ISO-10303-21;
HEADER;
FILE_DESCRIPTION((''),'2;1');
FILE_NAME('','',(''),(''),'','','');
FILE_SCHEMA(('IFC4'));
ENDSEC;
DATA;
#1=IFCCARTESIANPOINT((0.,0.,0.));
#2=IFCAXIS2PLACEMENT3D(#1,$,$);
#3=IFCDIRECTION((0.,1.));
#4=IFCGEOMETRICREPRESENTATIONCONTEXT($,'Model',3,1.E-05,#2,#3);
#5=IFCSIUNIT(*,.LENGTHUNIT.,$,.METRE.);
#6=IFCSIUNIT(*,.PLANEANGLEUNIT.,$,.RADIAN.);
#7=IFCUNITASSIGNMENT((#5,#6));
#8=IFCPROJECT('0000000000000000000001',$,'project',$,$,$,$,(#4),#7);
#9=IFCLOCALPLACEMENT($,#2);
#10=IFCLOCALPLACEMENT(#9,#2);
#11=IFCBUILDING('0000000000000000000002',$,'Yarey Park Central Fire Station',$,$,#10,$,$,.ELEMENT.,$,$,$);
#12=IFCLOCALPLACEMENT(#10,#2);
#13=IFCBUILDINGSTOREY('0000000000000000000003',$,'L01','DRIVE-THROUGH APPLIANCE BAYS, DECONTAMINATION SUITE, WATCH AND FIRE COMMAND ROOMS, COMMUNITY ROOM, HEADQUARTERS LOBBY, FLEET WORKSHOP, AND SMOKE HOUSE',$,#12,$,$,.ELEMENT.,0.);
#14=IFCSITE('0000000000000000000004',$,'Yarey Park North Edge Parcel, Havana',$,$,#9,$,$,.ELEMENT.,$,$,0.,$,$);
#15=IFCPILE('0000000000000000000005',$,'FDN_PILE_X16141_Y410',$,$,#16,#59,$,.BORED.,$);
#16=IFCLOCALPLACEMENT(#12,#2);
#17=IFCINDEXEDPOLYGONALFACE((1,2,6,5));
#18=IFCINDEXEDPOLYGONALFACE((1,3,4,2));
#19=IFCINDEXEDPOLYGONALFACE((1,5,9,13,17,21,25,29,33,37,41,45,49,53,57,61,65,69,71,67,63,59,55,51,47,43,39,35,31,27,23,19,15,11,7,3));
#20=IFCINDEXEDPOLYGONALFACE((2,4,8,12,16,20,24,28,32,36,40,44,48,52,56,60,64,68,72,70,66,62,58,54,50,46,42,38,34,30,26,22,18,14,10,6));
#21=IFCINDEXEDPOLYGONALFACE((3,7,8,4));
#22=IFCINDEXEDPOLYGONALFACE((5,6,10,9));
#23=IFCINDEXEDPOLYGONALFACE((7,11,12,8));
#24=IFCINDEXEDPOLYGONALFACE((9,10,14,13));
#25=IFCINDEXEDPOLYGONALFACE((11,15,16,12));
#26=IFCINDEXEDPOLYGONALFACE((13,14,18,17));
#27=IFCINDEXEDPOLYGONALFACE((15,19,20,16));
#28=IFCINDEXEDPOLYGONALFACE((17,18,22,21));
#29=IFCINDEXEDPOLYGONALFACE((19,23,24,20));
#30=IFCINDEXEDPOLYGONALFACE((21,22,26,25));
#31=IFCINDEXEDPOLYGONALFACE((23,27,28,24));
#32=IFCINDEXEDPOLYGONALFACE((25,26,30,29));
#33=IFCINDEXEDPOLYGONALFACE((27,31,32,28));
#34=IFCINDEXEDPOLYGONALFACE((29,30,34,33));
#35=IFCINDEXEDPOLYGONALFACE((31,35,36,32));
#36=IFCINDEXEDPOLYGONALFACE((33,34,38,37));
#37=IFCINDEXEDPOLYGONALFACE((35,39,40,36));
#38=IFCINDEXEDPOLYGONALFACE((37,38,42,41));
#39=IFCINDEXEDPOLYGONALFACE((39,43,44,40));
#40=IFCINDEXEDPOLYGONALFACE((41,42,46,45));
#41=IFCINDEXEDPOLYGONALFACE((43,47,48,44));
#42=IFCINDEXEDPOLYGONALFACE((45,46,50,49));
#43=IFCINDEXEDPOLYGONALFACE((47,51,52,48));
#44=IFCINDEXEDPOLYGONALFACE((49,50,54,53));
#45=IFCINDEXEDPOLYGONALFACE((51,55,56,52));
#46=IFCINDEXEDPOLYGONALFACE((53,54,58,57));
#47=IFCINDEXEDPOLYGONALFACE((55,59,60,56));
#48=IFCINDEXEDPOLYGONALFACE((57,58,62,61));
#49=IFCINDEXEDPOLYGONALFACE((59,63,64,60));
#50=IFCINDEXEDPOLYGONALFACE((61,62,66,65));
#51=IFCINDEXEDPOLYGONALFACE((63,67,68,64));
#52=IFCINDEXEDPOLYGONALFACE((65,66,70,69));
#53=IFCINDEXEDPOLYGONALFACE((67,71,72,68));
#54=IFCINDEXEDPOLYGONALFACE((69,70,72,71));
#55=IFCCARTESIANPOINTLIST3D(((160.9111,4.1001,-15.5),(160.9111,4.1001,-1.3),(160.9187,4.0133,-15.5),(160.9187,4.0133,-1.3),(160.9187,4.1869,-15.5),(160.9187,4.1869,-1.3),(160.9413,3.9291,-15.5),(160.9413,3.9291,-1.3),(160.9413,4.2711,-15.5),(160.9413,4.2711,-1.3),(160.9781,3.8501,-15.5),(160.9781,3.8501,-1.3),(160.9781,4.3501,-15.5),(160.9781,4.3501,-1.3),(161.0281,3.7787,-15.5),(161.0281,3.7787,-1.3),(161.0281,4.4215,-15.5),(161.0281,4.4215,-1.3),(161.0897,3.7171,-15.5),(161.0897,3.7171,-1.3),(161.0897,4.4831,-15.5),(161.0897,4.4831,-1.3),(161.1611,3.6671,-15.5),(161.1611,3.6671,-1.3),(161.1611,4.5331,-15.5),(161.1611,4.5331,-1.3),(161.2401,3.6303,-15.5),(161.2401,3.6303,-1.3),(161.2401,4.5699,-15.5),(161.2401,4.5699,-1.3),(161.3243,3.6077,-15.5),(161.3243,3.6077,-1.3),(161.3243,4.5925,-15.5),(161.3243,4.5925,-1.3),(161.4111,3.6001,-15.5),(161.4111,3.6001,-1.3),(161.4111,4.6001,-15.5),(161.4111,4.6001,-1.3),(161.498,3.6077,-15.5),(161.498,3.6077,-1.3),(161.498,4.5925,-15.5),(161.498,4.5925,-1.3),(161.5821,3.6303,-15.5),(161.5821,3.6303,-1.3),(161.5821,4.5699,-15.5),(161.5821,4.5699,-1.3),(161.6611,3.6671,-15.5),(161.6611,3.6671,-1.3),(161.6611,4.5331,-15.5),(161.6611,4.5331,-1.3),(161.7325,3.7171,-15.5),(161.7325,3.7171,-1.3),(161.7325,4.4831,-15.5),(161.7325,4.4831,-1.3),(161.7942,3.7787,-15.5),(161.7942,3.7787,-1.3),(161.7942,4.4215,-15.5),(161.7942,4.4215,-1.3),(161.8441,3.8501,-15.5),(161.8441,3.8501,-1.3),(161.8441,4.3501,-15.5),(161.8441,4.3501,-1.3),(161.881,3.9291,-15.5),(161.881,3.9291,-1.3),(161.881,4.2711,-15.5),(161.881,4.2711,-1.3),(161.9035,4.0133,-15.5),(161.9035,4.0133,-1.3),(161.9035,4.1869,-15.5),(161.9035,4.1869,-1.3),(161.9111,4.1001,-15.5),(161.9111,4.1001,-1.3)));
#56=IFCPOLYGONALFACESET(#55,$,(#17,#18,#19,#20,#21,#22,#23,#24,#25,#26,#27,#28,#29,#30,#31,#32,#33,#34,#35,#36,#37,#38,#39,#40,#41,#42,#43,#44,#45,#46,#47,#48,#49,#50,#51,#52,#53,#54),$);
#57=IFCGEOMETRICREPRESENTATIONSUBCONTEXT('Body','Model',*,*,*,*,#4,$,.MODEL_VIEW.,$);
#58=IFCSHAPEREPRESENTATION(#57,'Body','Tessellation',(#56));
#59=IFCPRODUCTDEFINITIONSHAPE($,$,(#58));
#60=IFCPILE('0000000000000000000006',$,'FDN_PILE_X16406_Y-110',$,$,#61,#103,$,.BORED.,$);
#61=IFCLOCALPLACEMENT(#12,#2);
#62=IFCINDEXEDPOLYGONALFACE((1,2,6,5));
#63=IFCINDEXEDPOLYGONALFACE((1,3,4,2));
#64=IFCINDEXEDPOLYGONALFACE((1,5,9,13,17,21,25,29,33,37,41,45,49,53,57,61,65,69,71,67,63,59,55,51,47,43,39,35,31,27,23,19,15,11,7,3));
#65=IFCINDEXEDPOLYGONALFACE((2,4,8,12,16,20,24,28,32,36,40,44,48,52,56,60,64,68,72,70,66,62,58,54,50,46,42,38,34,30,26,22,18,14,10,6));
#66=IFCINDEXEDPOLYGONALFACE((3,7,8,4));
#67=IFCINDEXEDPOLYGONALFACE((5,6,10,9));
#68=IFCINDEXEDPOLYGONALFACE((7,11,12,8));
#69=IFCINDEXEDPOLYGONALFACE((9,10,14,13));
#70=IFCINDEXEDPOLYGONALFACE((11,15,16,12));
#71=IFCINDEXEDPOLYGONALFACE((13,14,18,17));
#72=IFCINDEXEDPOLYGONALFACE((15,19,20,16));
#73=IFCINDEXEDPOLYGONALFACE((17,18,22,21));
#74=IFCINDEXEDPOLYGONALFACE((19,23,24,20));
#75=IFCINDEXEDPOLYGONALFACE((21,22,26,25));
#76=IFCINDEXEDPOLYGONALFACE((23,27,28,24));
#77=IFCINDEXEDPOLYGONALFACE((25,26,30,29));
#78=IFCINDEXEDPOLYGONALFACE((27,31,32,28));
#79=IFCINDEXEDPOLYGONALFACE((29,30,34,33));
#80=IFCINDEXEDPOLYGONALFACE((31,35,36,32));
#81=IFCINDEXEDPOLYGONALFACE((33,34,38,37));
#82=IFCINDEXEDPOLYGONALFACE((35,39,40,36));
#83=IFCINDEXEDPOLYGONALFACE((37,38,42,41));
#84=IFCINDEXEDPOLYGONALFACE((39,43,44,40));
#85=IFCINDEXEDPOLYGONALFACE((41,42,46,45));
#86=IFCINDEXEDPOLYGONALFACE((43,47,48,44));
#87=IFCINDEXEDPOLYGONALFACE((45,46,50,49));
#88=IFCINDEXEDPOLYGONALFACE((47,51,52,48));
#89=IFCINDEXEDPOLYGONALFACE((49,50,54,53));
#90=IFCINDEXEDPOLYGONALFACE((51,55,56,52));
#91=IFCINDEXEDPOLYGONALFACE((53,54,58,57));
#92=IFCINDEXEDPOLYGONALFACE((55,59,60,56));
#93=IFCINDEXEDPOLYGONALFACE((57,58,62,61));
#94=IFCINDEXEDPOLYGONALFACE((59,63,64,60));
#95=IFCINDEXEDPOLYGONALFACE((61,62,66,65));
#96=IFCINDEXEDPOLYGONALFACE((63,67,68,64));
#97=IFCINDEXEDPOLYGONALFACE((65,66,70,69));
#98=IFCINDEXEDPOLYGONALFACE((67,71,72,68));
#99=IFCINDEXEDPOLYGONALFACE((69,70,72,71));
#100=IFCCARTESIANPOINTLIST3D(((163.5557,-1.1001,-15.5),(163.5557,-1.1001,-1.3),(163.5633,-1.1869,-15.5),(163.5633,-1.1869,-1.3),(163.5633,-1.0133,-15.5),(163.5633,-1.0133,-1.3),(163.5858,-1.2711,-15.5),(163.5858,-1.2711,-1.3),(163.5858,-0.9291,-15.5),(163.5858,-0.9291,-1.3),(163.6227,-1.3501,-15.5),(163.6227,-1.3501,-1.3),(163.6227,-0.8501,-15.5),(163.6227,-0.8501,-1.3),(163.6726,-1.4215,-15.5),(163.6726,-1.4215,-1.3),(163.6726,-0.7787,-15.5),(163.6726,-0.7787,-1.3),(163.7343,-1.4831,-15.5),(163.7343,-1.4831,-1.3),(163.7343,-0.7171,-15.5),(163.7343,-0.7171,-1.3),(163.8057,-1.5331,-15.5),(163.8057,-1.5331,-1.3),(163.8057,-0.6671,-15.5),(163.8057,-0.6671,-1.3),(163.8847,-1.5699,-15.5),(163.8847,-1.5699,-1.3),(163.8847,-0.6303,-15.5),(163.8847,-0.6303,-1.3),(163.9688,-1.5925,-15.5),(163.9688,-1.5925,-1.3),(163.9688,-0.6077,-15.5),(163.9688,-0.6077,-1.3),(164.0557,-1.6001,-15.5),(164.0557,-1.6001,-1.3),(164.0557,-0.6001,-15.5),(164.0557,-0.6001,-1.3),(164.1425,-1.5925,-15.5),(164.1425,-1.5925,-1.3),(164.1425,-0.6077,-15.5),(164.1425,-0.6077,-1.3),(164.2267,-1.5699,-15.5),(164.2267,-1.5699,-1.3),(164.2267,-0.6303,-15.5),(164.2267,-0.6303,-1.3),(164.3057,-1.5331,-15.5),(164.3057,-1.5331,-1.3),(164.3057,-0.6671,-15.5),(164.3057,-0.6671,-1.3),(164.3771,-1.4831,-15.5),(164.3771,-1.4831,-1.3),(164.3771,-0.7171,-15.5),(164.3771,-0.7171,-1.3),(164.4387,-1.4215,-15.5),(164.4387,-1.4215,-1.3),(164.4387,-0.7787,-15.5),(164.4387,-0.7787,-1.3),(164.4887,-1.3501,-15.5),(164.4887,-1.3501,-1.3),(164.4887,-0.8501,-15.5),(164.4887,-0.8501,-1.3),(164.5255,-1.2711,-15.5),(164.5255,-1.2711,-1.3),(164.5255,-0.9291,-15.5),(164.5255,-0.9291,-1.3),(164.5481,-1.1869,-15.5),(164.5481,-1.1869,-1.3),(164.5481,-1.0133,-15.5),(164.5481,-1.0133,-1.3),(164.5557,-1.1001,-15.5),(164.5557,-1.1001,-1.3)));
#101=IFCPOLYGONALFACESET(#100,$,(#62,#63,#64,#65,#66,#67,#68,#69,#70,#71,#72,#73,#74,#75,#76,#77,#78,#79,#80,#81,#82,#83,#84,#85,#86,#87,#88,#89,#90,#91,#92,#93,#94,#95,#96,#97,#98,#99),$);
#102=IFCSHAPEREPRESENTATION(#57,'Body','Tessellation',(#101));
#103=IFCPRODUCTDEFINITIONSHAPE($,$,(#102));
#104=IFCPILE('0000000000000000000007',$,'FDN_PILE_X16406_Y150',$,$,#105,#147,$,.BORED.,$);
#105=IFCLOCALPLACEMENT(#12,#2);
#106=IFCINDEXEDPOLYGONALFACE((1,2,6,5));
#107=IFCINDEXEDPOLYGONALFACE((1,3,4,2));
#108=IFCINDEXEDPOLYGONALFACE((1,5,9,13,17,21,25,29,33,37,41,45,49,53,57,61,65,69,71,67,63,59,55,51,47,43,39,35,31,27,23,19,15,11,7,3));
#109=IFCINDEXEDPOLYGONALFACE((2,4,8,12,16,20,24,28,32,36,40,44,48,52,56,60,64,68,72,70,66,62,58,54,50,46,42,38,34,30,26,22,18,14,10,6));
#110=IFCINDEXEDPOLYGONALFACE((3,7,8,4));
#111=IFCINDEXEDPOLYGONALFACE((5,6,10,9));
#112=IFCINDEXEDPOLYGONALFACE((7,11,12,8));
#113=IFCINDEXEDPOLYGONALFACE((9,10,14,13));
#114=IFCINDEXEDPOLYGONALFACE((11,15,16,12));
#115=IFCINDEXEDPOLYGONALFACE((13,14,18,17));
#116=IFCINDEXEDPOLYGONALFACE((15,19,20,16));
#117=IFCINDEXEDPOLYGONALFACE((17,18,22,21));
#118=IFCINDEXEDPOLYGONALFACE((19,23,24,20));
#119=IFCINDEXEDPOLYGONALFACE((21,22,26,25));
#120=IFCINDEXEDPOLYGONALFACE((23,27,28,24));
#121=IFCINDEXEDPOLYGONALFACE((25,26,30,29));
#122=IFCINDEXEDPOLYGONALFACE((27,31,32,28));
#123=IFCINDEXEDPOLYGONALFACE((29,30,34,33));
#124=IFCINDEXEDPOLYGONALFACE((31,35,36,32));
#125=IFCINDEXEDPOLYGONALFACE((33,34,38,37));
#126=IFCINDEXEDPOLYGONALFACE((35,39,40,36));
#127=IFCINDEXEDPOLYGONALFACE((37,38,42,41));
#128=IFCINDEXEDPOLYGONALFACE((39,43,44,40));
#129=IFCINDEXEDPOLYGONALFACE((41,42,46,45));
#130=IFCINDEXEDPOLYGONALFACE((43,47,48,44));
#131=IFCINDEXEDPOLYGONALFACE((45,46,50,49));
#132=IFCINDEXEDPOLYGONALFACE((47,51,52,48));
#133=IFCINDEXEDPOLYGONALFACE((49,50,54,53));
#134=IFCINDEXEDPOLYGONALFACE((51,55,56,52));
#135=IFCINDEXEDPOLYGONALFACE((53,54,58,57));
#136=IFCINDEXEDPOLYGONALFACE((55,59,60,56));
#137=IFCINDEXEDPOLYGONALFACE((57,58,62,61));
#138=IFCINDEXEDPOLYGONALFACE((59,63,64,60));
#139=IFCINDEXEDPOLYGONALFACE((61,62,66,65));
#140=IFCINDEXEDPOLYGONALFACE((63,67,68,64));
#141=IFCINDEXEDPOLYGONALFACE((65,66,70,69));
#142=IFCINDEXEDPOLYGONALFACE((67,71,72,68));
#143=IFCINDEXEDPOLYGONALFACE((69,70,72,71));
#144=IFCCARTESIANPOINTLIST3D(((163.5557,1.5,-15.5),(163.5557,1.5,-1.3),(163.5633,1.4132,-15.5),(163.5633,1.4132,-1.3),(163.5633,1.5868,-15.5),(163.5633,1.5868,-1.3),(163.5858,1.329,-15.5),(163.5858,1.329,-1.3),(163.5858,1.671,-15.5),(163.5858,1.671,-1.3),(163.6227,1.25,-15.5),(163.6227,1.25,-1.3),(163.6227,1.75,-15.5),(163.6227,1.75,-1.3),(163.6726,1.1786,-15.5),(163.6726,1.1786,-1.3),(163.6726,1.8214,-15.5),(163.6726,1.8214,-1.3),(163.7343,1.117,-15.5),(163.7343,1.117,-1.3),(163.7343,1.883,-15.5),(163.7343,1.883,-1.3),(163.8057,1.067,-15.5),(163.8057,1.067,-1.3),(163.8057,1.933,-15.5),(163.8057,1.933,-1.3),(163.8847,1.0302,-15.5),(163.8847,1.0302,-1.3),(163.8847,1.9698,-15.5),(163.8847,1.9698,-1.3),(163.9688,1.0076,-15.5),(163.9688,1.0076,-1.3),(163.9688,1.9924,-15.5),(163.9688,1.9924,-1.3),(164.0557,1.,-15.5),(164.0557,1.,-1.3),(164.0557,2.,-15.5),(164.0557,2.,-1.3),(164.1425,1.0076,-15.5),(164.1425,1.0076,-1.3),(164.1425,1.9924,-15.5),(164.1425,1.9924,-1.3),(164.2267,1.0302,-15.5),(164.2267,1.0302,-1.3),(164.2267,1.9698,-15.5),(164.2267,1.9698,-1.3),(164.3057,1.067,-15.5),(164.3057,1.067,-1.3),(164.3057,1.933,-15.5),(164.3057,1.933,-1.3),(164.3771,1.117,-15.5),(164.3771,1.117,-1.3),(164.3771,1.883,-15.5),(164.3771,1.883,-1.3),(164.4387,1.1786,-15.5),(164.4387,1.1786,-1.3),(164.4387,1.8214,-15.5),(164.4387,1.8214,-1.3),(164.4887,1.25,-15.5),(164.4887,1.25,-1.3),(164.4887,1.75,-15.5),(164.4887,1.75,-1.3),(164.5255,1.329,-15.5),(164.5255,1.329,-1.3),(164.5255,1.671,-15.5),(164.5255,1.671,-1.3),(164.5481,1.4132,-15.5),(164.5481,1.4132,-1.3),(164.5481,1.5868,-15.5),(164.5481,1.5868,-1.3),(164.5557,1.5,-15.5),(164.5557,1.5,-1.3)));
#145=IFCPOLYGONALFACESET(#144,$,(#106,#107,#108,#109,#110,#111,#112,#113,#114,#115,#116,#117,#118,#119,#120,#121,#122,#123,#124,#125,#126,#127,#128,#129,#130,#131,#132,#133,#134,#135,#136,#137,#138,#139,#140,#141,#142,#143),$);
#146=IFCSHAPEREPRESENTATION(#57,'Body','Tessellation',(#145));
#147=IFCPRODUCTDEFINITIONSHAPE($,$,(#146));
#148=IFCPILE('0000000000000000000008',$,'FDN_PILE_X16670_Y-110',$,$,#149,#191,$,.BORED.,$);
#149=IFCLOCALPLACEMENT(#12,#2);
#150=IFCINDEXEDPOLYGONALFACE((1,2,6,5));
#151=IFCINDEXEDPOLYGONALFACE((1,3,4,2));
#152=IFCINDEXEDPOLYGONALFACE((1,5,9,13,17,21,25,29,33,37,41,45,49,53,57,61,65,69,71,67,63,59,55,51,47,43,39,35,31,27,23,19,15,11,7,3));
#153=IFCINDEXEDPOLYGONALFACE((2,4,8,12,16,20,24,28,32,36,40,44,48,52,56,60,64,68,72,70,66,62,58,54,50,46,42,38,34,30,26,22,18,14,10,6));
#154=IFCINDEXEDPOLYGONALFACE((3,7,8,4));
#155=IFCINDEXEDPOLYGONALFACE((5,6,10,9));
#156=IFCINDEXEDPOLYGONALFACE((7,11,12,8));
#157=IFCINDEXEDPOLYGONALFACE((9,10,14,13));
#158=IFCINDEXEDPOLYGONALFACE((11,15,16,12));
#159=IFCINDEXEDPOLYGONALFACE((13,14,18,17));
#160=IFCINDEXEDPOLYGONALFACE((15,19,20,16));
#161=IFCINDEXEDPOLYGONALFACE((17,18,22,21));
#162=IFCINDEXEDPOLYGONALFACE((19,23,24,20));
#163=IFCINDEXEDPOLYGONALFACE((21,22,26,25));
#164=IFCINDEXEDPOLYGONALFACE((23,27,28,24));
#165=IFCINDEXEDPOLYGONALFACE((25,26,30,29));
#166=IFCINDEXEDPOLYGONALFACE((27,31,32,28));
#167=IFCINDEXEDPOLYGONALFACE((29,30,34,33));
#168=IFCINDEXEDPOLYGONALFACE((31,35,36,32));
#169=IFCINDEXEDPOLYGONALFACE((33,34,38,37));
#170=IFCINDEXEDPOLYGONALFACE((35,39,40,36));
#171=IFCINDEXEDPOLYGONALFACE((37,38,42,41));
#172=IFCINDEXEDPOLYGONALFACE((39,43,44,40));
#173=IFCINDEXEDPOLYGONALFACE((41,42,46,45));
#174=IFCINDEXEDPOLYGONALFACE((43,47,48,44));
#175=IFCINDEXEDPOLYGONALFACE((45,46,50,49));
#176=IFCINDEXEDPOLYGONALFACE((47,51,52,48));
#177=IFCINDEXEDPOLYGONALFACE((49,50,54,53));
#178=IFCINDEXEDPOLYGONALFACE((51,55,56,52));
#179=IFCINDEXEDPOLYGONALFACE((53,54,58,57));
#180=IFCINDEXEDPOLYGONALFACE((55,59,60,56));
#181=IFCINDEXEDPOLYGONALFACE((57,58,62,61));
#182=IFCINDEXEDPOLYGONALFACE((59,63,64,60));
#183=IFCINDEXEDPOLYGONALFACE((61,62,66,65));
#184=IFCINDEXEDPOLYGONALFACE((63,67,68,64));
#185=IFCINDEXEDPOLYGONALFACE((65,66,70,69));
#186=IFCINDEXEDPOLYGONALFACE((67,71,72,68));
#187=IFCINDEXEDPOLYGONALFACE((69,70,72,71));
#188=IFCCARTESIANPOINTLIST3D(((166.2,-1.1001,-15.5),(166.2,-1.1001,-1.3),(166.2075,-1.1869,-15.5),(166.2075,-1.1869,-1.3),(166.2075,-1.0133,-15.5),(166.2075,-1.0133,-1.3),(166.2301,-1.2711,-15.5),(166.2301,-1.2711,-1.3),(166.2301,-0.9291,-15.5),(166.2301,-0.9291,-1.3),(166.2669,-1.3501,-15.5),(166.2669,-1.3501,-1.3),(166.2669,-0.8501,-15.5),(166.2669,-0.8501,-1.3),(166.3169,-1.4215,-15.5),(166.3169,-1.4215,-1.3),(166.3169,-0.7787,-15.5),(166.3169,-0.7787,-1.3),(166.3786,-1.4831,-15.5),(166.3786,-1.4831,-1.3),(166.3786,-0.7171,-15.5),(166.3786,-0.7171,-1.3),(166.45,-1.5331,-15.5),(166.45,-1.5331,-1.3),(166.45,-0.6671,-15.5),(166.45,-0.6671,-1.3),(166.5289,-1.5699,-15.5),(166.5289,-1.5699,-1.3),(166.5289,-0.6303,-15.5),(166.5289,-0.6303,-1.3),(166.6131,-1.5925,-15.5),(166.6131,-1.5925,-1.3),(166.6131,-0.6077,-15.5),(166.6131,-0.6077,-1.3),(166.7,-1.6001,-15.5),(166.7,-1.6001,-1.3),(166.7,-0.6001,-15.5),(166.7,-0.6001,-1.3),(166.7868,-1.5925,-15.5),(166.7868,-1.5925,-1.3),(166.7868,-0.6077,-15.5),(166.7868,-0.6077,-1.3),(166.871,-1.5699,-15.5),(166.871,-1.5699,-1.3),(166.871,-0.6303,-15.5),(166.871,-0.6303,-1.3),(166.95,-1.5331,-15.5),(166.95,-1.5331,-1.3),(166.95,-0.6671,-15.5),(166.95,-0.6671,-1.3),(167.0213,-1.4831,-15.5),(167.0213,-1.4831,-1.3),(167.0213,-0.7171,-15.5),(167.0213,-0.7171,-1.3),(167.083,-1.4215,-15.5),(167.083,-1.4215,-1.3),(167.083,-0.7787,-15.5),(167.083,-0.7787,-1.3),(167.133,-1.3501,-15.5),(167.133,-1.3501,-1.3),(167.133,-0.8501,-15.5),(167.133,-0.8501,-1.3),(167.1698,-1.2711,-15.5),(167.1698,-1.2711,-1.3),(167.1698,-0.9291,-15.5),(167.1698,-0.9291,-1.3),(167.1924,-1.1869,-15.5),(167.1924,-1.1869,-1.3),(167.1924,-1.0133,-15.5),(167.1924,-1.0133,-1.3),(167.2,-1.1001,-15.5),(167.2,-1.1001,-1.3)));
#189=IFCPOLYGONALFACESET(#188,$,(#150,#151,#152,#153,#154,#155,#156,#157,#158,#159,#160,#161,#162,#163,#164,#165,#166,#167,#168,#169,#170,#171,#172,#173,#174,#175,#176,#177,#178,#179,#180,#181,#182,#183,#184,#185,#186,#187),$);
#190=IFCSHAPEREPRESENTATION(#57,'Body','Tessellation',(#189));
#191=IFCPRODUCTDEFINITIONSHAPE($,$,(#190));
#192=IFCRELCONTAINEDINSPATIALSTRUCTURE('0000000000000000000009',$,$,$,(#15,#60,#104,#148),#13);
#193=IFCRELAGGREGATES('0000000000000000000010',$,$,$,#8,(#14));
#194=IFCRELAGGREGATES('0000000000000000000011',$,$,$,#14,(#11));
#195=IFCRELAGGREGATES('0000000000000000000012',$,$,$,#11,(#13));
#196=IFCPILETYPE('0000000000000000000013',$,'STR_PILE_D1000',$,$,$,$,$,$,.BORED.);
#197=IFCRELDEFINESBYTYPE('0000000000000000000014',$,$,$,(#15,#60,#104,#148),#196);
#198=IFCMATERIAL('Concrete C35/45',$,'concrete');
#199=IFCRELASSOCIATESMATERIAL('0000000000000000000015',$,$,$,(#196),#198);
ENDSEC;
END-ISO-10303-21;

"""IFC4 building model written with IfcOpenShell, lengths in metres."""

from ifc_helpers import new_model, si_unit, direction, frame, origin, origin_2d, place, context, subcontext, project, spatial, circle, extrude, material, material_profile, profile_set, type_object, element, save


model = new_model("IFC4")

# Units and contexts
model_context = context("Model", 3, precision=1e-05, world=origin(), true_north=direction((0.0, 1.0)))
body_context = subcontext(model_context, "Body", "Model", "MODEL_VIEW")
ifc_project = project(units=[si_unit("LENGTHUNIT", "METRE"), si_unit("PLANEANGLEUNIT", "RADIAN")], contexts=[model_context])

# Site, building, storey
site_placement = place(None, origin())
site = spatial("IfcSite", under=ifc_project, at=site_placement, Name="Yarey Park North Edge Parcel, Havana", CompositionType="ELEMENT", RefElevation=0.0)
building_placement = place(site_placement, origin())
building = spatial("IfcBuilding", under=site, at=building_placement, Name="Yarey Park Central Fire Station", CompositionType="ELEMENT")
storey_placement = place(building_placement, origin())
storey = spatial("IfcBuildingStorey", under=building, at=storey_placement, Name="L01", Description="DRIVE-THROUGH APPLIANCE BAYS, DECONTAMINATION SUITE, WATCH AND FIRE COMMAND ROOMS, COMMUNITY ROOM, HEADQUARTERS LOBBY, FLEET WORKSHOP, AND SMOKE HOUSE", CompositionType="ELEMENT", Elevation=0.0)

# Piles
ifc_material_1 = material(Name="Concrete C35/45", Category="concrete")
ifc_material_profile_1 = material_profile(ifc_material_1, circle(Radius=0.5, at=origin_2d()), Name="BORED PILE D1000")
ifc_profile_set_1 = profile_set([ifc_material_profile_1], Name="Concrete C35/45")
pile_type = type_object("IfcPileType", Name="STR_PILE_D1000", PredefinedType="BORED", material=ifc_profile_set_1)
for number, where, z_axis, x_axis, name in (
    (1, (161.4111, 4.1001, -1.3), (0.0, 0.0, -1.0), (1.0, 0.0, 0.0), "FDN_PILE_X16141_Y410"),
    (2, (164.0557, -1.1001, -1.3), (0.0, 0.0, -1.0), (1.0, 0.0, 0.0), "FDN_PILE_X16406_Y-110"),
    (3, (164.0557, 1.5, -1.3), (0.0, 0.0, -1.0), (1.0, 0.0, 0.0), "FDN_PILE_X16406_Y150"),
    (4, (166.7, -1.1001, -1.3), (0.0, 0.0, -1.0), (1.0, 0.0, 0.0), "FDN_PILE_X16670_Y-110"),
):
    element("IfcPile", number, at=place(storey_placement, frame(where, z_axis=z_axis, x_axis=x_axis)), inside=storey, type_object=pile_type, Name=name, PredefinedType="BORED", context=body_context, shape_type="SweptSolid", body=[
        extrude(circle(Radius=0.5, at=origin_2d()), origin(), (0.0, 0.0, 1.0), 14.2),
    ])

save(model, "model.ifc")
